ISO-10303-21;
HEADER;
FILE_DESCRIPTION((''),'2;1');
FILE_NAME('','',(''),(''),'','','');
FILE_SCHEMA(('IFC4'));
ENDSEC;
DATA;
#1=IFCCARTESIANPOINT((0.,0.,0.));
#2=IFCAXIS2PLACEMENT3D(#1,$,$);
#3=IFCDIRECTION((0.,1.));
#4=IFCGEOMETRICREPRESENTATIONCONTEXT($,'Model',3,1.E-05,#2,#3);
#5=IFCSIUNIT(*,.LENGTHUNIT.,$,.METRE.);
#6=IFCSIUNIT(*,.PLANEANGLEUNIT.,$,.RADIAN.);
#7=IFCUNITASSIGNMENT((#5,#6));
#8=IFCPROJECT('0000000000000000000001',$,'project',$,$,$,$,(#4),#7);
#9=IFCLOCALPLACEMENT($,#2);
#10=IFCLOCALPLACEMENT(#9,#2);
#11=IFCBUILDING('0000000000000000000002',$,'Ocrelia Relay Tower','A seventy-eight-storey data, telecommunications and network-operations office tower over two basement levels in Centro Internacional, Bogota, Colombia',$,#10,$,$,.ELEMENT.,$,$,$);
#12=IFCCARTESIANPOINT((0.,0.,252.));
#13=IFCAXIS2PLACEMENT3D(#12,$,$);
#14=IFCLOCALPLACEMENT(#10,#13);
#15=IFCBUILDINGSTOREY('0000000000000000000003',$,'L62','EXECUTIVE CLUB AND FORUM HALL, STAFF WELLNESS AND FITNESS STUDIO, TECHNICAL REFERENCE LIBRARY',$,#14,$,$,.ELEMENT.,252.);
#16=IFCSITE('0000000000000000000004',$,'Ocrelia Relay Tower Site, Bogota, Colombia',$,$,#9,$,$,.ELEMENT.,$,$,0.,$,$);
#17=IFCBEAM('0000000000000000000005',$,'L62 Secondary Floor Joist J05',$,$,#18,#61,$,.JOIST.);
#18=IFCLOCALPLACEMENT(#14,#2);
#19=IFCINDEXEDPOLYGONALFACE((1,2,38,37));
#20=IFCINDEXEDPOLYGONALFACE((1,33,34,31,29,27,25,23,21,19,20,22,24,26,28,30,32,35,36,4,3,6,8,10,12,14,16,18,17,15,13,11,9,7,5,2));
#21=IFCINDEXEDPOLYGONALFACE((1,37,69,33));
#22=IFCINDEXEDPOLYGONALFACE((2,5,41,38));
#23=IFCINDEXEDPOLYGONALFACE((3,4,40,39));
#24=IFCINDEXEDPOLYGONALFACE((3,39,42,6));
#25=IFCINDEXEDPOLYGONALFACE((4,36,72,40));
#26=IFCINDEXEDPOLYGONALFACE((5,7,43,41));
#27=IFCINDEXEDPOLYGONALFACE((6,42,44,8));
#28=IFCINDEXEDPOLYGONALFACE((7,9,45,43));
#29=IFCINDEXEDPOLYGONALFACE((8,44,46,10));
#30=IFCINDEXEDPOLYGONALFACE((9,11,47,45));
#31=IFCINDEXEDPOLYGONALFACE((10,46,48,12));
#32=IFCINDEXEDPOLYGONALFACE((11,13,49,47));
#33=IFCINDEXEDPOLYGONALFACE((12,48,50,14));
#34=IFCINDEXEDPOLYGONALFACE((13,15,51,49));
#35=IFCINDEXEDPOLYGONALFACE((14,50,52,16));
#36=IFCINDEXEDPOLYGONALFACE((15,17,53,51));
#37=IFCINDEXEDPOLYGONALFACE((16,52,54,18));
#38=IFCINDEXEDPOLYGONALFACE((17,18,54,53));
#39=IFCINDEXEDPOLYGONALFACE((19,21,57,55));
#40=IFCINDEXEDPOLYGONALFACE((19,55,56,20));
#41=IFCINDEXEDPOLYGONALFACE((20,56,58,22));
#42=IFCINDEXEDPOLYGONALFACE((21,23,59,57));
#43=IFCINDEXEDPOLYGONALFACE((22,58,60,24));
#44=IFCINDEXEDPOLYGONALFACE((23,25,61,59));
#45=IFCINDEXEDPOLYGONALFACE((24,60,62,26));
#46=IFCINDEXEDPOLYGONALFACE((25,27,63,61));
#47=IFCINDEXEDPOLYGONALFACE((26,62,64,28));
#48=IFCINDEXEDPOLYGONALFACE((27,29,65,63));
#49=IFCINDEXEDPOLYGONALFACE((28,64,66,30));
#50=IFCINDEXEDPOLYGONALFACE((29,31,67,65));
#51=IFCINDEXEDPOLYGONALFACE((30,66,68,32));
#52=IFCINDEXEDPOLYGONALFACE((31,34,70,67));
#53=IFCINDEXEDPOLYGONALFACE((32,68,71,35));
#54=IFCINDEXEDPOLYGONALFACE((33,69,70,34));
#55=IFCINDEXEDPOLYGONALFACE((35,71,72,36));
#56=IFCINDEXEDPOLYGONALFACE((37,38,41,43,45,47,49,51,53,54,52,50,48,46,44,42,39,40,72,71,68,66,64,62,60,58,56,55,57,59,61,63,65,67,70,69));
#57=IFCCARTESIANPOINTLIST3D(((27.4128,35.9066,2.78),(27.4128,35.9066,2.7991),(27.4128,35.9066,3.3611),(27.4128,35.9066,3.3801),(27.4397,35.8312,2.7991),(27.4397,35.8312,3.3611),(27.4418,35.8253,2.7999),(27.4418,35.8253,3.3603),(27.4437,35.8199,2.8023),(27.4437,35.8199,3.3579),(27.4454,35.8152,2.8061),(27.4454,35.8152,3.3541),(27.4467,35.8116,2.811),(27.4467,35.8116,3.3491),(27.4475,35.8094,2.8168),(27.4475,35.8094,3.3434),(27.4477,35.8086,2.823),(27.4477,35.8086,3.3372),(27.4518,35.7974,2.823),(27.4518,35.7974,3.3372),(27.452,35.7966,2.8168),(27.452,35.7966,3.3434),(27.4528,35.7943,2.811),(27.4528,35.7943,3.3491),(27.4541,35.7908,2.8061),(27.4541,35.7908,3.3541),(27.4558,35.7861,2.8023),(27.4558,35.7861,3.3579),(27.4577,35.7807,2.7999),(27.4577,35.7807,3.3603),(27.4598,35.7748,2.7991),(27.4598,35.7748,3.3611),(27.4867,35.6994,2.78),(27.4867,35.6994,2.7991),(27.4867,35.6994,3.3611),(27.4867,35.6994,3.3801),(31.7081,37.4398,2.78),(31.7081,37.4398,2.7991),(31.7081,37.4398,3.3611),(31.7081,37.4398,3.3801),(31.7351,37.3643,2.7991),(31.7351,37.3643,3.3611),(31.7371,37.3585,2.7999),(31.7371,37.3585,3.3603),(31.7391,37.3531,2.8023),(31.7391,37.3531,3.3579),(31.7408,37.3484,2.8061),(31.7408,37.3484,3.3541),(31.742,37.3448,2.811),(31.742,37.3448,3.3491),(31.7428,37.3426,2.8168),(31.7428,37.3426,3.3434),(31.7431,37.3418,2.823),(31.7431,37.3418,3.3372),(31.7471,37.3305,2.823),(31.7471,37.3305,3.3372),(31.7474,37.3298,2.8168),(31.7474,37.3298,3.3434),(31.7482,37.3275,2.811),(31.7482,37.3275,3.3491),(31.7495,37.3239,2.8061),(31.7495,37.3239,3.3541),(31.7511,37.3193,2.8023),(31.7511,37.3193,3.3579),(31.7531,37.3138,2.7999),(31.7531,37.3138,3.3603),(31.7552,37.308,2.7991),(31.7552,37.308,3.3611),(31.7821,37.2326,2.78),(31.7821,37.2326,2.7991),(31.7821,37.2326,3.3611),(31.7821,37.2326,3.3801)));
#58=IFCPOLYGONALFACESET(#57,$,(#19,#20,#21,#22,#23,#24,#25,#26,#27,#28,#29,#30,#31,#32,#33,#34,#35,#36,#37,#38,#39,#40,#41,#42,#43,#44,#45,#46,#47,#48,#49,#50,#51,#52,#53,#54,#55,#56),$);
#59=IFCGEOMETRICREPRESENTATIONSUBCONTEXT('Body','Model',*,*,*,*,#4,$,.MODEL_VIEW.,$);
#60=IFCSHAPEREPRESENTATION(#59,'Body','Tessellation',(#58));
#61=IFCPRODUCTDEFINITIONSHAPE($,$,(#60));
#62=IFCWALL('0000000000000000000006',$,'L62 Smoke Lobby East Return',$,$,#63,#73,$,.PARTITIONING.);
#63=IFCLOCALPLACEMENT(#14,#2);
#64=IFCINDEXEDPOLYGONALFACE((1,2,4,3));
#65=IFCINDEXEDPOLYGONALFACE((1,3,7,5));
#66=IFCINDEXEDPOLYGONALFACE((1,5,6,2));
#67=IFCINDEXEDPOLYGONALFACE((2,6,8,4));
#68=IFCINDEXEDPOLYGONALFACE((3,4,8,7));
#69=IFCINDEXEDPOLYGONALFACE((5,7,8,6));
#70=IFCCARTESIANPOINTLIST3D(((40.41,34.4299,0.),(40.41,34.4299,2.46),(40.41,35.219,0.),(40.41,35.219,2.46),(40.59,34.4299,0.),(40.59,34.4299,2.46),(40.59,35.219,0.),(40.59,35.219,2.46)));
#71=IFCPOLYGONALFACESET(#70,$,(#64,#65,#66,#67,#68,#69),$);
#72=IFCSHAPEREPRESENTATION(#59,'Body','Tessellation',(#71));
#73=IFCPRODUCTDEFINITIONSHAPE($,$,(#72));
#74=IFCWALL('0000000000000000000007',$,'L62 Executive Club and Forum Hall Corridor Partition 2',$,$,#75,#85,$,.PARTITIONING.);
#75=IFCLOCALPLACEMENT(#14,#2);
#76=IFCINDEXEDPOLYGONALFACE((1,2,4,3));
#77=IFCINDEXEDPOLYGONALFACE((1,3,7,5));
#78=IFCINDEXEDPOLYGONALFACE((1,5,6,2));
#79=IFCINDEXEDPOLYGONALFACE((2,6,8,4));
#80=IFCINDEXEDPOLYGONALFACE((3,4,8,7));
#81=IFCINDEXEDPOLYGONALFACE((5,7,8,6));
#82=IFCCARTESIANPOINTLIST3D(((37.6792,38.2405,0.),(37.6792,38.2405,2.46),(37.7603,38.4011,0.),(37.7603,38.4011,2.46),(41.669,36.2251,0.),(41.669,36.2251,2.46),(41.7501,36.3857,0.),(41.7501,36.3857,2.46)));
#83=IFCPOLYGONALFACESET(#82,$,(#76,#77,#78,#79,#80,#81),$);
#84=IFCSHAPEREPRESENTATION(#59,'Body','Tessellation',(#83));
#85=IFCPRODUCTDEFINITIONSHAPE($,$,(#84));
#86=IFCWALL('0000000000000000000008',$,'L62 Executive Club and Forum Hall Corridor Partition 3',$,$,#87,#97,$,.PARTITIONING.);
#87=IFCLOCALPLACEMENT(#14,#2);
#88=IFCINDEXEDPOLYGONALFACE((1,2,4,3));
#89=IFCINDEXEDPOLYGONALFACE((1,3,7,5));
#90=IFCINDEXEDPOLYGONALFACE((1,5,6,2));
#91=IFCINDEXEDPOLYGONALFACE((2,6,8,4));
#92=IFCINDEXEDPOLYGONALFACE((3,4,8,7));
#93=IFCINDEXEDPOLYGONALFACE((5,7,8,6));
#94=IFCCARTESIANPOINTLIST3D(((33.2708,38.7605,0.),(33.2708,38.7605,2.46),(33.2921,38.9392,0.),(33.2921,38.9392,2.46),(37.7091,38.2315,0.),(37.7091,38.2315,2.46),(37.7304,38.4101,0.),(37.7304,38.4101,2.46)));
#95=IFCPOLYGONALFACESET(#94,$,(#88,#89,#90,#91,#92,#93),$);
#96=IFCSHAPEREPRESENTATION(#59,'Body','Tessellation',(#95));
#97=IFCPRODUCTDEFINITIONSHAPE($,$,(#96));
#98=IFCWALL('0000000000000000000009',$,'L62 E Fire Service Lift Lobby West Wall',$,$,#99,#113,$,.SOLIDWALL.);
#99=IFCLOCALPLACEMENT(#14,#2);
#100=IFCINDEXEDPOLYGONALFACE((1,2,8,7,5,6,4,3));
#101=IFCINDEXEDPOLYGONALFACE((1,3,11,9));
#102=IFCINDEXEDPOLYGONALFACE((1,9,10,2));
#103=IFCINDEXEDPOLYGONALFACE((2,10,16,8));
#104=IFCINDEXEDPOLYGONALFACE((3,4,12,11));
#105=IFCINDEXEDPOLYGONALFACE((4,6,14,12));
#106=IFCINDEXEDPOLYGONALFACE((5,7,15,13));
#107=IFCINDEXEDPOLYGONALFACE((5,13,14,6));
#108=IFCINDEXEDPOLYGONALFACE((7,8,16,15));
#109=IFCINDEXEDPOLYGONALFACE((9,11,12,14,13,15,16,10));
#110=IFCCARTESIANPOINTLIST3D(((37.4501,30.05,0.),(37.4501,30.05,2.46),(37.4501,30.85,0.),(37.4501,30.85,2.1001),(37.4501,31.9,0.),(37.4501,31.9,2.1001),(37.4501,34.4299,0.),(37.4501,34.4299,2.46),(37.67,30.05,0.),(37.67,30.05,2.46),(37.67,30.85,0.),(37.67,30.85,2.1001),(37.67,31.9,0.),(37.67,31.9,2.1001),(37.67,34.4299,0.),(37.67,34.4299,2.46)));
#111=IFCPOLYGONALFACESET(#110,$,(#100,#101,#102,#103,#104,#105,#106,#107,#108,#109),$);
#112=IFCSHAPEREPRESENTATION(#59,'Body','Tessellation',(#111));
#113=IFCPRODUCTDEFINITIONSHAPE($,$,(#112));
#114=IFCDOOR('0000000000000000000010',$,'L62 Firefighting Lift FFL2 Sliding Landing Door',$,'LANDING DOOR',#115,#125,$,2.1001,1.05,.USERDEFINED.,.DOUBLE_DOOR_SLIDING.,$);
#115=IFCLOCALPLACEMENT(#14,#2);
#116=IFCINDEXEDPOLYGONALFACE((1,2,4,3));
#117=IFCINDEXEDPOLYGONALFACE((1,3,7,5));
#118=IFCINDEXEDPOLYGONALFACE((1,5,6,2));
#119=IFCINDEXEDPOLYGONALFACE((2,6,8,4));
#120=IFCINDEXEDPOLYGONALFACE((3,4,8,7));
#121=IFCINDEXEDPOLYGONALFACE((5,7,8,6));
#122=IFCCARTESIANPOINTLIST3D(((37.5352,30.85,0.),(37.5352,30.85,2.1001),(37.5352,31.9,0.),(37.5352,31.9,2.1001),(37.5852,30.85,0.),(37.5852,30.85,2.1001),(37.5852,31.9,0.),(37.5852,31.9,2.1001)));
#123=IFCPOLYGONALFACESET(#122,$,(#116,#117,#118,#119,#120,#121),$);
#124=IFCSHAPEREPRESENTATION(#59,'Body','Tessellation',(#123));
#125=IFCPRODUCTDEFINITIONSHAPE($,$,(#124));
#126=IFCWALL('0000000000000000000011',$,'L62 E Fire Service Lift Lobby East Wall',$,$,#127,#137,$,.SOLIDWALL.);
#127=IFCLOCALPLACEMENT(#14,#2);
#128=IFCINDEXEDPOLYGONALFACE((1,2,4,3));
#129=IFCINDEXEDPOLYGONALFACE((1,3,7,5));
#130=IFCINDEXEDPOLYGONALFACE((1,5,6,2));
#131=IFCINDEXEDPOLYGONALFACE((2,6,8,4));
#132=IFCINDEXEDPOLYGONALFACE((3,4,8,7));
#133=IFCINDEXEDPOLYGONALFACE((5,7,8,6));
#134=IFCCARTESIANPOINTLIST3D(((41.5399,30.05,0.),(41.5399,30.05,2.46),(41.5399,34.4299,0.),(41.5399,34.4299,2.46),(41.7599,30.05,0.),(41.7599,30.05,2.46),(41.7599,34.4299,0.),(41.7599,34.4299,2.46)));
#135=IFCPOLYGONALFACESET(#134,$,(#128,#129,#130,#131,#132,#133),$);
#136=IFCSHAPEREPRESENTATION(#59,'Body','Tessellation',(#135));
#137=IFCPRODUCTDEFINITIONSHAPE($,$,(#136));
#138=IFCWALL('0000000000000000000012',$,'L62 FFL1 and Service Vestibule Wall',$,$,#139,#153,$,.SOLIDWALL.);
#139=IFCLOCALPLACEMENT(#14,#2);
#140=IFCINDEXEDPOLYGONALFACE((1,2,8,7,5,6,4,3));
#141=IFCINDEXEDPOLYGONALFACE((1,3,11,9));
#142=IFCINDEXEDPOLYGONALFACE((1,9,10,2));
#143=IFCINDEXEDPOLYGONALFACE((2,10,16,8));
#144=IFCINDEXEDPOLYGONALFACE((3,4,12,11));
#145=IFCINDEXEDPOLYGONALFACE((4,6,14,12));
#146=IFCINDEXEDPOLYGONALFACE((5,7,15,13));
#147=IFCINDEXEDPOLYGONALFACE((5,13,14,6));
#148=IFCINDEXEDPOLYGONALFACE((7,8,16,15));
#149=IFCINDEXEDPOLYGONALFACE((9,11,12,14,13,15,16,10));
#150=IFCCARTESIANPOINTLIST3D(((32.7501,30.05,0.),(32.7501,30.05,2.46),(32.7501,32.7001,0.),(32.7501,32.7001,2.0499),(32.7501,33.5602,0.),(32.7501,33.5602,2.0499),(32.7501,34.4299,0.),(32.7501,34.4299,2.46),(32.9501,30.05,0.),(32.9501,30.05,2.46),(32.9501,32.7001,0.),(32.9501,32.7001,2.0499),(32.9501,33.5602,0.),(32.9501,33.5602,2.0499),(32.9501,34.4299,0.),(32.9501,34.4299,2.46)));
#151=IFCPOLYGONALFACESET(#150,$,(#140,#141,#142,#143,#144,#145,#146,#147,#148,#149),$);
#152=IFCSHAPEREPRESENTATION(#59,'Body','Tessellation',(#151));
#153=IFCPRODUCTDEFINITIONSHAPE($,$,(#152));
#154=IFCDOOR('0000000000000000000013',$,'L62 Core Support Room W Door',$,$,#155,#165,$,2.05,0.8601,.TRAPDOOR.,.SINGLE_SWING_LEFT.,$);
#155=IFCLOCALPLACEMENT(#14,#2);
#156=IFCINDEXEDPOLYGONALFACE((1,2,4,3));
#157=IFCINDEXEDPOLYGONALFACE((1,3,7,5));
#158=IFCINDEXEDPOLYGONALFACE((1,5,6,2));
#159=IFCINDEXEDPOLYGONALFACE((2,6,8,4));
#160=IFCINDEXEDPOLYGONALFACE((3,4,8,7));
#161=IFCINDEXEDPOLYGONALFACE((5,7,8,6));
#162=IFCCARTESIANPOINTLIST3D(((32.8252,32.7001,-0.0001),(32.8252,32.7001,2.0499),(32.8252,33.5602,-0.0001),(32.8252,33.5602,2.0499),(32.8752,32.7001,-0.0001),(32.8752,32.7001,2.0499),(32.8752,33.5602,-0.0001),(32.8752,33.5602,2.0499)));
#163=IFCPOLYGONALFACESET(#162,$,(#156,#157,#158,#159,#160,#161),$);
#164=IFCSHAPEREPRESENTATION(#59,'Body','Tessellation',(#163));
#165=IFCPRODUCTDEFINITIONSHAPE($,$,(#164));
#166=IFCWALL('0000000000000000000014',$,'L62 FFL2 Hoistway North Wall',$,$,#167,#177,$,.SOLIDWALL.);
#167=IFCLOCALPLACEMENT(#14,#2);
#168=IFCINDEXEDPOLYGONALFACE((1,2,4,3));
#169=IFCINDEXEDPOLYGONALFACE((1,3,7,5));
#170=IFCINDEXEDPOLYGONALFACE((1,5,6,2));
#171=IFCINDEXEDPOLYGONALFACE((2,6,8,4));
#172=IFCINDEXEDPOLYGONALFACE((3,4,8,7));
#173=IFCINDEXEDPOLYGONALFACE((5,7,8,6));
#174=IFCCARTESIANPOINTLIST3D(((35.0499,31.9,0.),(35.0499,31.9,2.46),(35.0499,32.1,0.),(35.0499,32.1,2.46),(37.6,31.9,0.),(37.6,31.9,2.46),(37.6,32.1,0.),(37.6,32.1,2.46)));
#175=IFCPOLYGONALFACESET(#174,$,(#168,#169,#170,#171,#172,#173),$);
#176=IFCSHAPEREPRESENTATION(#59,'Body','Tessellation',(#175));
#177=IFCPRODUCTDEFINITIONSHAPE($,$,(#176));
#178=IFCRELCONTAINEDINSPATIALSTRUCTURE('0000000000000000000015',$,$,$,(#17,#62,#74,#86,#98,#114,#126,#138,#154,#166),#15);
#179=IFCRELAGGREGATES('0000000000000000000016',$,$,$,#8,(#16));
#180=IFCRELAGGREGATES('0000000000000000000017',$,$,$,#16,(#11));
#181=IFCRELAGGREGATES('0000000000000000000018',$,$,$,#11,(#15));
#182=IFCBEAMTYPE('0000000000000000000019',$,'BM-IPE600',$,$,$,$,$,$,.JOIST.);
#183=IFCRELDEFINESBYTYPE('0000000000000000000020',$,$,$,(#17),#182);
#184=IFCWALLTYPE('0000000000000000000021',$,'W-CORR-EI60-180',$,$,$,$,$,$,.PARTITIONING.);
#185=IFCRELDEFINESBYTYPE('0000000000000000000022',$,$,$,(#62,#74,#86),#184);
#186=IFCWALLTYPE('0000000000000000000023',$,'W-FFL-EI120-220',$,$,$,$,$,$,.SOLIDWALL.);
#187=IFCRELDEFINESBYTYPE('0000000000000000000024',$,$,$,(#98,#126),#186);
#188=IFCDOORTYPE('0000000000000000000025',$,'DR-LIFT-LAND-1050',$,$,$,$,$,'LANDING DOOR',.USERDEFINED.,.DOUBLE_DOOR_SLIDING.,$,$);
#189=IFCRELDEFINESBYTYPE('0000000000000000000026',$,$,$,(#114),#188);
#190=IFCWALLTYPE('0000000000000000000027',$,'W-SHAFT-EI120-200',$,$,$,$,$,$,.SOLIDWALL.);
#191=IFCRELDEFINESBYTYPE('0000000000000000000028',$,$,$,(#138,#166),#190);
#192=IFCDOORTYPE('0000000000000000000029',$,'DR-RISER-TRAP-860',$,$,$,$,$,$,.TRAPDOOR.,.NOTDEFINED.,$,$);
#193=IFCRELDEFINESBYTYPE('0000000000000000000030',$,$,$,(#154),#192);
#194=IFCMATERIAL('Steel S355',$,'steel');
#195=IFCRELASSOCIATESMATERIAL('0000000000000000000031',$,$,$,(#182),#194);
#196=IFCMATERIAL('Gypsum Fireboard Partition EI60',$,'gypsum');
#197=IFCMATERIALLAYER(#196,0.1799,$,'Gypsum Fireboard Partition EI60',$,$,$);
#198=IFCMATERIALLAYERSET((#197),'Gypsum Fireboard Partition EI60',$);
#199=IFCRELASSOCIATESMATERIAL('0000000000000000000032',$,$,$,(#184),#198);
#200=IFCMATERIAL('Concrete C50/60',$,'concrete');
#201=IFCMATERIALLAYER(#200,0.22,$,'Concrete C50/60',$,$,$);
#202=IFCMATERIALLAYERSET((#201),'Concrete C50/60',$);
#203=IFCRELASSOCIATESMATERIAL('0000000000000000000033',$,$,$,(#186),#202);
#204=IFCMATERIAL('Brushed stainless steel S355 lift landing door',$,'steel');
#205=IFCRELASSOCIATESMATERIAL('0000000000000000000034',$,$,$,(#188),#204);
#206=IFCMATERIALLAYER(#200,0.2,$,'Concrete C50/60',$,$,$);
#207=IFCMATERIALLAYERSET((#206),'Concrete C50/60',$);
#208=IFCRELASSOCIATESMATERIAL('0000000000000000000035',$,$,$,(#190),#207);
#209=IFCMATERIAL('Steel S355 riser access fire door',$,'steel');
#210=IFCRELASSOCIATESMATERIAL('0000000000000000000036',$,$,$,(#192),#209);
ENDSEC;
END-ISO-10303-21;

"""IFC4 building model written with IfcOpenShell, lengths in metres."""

from ifc_helpers import new_model, si_unit, direction, frame, frame_2d, origin, origin_2d, place, context, subcontext, project, spatial, rectangle, i_section, extrude, material, layer, layer_set, material_profile, profile_set, type_object, element, fill, save


model = new_model("IFC4")

# Units and contexts
model_context = context("Model", 3, precision=1e-05, world=origin(), true_north=direction((0.0, 1.0)))
body_context = subcontext(model_context, "Body", "Model", "MODEL_VIEW")
ifc_project = project(units=[si_unit("LENGTHUNIT", "METRE"), si_unit("PLANEANGLEUNIT", "RADIAN")], contexts=[model_context])

# Site, building, storey
site_placement = place(None, origin())
site = spatial("IfcSite", under=ifc_project, at=site_placement, Name="Ocrelia Relay Tower Site, Bogota, Colombia", CompositionType="ELEMENT", RefElevation=0.0)
building_placement = place(site_placement, origin())
building = spatial("IfcBuilding", under=site, at=building_placement, Name="Ocrelia Relay Tower", Description="A seventy-eight-storey data, telecommunications and network-operations office tower over two basement levels in Centro Internacional, Bogota, Colombia", CompositionType="ELEMENT")
storey_placement = place(building_placement, frame((0.0, 0.0, 252.0)))
storey = spatial("IfcBuildingStorey", under=building, at=storey_placement, Name="L62", Description="EXECUTIVE CLUB AND FORUM HALL, STAFF WELLNESS AND FITNESS STUDIO, TECHNICAL REFERENCE LIBRARY", CompositionType="ELEMENT", Elevation=252.0)

# Shared definitions
ifc_material_1 = material(Name="Concrete C50/60", Category="concrete")

# Beam
ifc_material_2 = material(Name="Steel S355", Category="steel")
ifc_material_profile_1 = material_profile(ifc_material_2, i_section(OverallWidth=0.22, OverallDepth=0.6001, WebThickness=0.012, FlangeThickness=0.019, FilletRadius=0.0239, at=origin_2d()), Name="IPE 600")
ifc_profile_set_1 = profile_set([ifc_material_profile_1], Name="Steel S355")
beam_type = type_object("IfcBeamType", Name="BM-IPE600", PredefinedType="JOIST", material=ifc_profile_set_1)
beam_1_placement = place(storey_placement, frame((31.7451, 37.3362, 3.0801), z_axis=(-0.941802, -0.336167, 0.0), x_axis=(0.336167, -0.941802, 0.0)))
element("IfcBeam", 1, at=beam_1_placement, inside=storey, type_object=beam_type, Name="L62 Secondary Floor Joist J05", PredefinedType="JOIST", context=body_context, shape_type="SweptSolid", body=[
    extrude(i_section(OverallWidth=0.22, OverallDepth=0.6001, WebThickness=0.012, FlangeThickness=0.019, FilletRadius=0.0239, at=origin_2d()), origin(), (0.0, 0.0, 1.0), 4.5608),
])

# Wall
ifc_material_3 = material(Name="Gypsum Fireboard Partition EI60", Category="gypsum")
ifc_layer_1 = layer(ifc_material_3, 0.1799, Name="Gypsum Fireboard Partition EI60")
ifc_layer_set_1 = layer_set([ifc_layer_1], Name="Gypsum Fireboard Partition EI60")
wall_type_1 = type_object("IfcWallType", Name="W-CORR-EI60-180", PredefinedType="PARTITIONING", material=ifc_layer_set_1)
wall_1_placement = place(storey_placement, frame((40.5, 35.219, 0.0), z_axis=(0.0, 0.0, 1.0), x_axis=(0.0, -1.0, 0.0)))
element("IfcWall", 2, at=wall_1_placement, inside=storey, type_object=wall_type_1, Name="L62 Smoke Lobby East Return", PredefinedType="PARTITIONING", context=body_context, shape_type="SweptSolid", body=[
    extrude(rectangle(XDim=0.7891, YDim=0.1799, at=frame_2d((0.3945, 0.0))), origin(), (0.0, 0.0, 1.0), 2.46),
])

# Walls
wall_2_placement = place(storey_placement, frame((41.7095, 36.3054, 0.0), z_axis=(0.0, 0.0, 1.0), x_axis=(-0.892584, 0.45088, 0.0)))
element("IfcWall", 3, at=wall_2_placement, inside=storey, type_object=wall_type_1, Name="L62 Executive Club and Forum Hall Corridor Partition 2", PredefinedType="PARTITIONING", context=body_context, shape_type="SweptSolid", body=[
    extrude(rectangle(XDim=4.47, YDim=0.1799, at=frame_2d((2.2349, 0.0))), origin(), (0.0, 0.0, 1.0), 2.46),
])
wall_3_placement = place(storey_placement, frame((37.7197, 38.3208, 0.0), z_axis=(0.0, 0.0, 1.0), x_axis=(-0.99297, 0.118365, 0.0)))
element("IfcWall", 4, at=wall_3_placement, inside=storey, type_object=wall_type_1, Name="L62 Executive Club and Forum Hall Corridor Partition 3", PredefinedType="PARTITIONING", context=body_context, shape_type="SweptSolid", body=[
    extrude(rectangle(XDim=4.4697, YDim=0.1799, at=frame_2d((2.2349, 0.0))), origin(), (0.0, 0.0, 1.0), 2.46),
])

# Wall, opening, door
ifc_layer_2 = layer(ifc_material_1, 0.22, Name="Concrete C50/60")
ifc_layer_set_2 = layer_set([ifc_layer_2], Name="Concrete C50/60")
wall_type_2 = type_object("IfcWallType", Name="W-FFL-EI120-220", PredefinedType="SOLIDWALL", material=ifc_layer_set_2)
wall_4_placement = place(storey_placement, frame((37.5601, 30.05, 0.0), z_axis=(0.0, 0.0, 1.0), x_axis=(0.0, 1.0, 0.0)))
wall_4 = element("IfcWall", 5, at=wall_4_placement, inside=storey, type_object=wall_type_2, Name="L62 E Fire Service Lift Lobby West Wall", PredefinedType="SOLIDWALL", context=body_context, shape_type="SweptSolid", body=[
    extrude(rectangle(XDim=4.3799, YDim=0.22, at=frame_2d((2.1899, 0.0))), origin(), (0.0, 0.0, 1.0), 2.46),
])
opening_1_placement = place(wall_4_placement, frame((0.8, 0.0, 0.0)))
opening_1 = element("IfcOpeningElement", 6, at=opening_1_placement, cuts=wall_4, PredefinedType="OPENING", context=body_context, shape_type="SweptSolid", body=[
    extrude(rectangle(XDim=1.05, YDim=2.1001, at=frame_2d((0.5249, 1.05))), frame((0.0, 0.1201, 0.0), z_axis=(0.0, -1.0, 0.0), x_axis=(1.0, 0.0, 0.0)), (0.0, 0.0, 1.0), 0.24),
])
ifc_material_4 = material(Name="Brushed stainless steel S355 lift landing door", Category="steel")
door_type_1 = type_object("IfcDoorType", Name="DR-LIFT-LAND-1050", ElementType="LANDING DOOR", OperationType="DOUBLE_DOOR_SLIDING", PredefinedType="USERDEFINED", material=ifc_material_4)
door_1_placement = place(opening_1_placement, origin())
door_1 = element("IfcDoor", 7, at=door_1_placement, inside=storey, type_object=door_type_1, Name="L62 Firefighting Lift FFL2 Sliding Landing Door", ObjectType="LANDING DOOR", OperationType="DOUBLE_DOOR_SLIDING", OverallHeight=2.1001, OverallWidth=1.05, PredefinedType="USERDEFINED", context=body_context, shape_type="SweptSolid", body=[
    extrude(rectangle(XDim=1.05, YDim=2.1001, at=frame_2d((0.5249, 1.05))), frame((0.0, 0.0249, 0.0), z_axis=(0.0, -1.0, 0.0), x_axis=(1.0, 0.0, 0.0)), (0.0, 0.0, 1.0), 0.05),
])
fill(opening_1, door_1)

# Wall
wall_5_placement = place(storey_placement, frame((41.6499, 30.05, 0.0), z_axis=(0.0, 0.0, 1.0), x_axis=(0.0, 1.0, 0.0)))
element("IfcWall", 8, at=wall_5_placement, inside=storey, type_object=wall_type_2, Name="L62 E Fire Service Lift Lobby East Wall", PredefinedType="SOLIDWALL", context=body_context, shape_type="SweptSolid", body=[
    extrude(rectangle(XDim=4.3799, YDim=0.22, at=frame_2d((2.1899, 0.0))), origin(), (0.0, 0.0, 1.0), 2.46),
])

# Wall, opening, door
ifc_layer_3 = layer(ifc_material_1, 0.2, Name="Concrete C50/60")
ifc_layer_set_3 = layer_set([ifc_layer_3], Name="Concrete C50/60")
wall_type_3 = type_object("IfcWallType", Name="W-SHAFT-EI120-200", PredefinedType="SOLIDWALL", material=ifc_layer_set_3)
wall_6_placement = place(storey_placement, frame((32.8501, 30.05, 0.0), z_axis=(0.0, 0.0, 1.0), x_axis=(0.0, 1.0, 0.0)))
wall_6 = element("IfcWall", 9, at=wall_6_placement, inside=storey, type_object=wall_type_3, Name="L62 FFL1 and Service Vestibule Wall", PredefinedType="SOLIDWALL", context=body_context, shape_type="SweptSolid", body=[
    extrude(rectangle(XDim=4.3799, YDim=0.2, at=frame_2d((2.1899, 0.0))), origin(), (0.0, 0.0, 1.0), 2.46),
])
opening_2_placement = place(wall_6_placement, frame((2.6499, 0.0, 0.0)))
opening_2 = element("IfcOpeningElement", 10, at=opening_2_placement, cuts=wall_6, PredefinedType="OPENING", context=body_context, shape_type="SweptSolid", body=[
    extrude(rectangle(XDim=0.8601, YDim=2.05, at=frame_2d((0.4302, 1.0249))), frame((0.0, 0.1099, 0.0), z_axis=(0.0, -1.0, 0.0), x_axis=(1.0, 0.0, 0.0)), (0.0, 0.0, 1.0), 0.22),
])
ifc_material_5 = material(Name="Steel S355 riser access fire door", Category="steel")
door_type_2 = type_object("IfcDoorType", Name="DR-RISER-TRAP-860", OperationType="NOTDEFINED", PredefinedType="TRAPDOOR", material=ifc_material_5)
door_2_placement = place(opening_2_placement, origin())
door_2 = element("IfcDoor", 11, at=door_2_placement, inside=storey, type_object=door_type_2, Name="L62 Core Support Room W Door", OperationType="SINGLE_SWING_LEFT", OverallHeight=2.05, OverallWidth=0.8601, PredefinedType="TRAPDOOR", context=body_context, shape_type="SweptSolid", body=[
    extrude(rectangle(XDim=0.8601, YDim=2.05, at=frame_2d((0.4302, 1.0249))), frame((0.0, 0.0249, 0.0), z_axis=(0.0, -1.0, 0.0), x_axis=(1.0, 0.0, 0.0)), (0.0, 0.0, 1.0), 0.05),
])
fill(opening_2, door_2)

# Wall
wall_7_placement = place(storey_placement, frame((35.05, 32.0, 0.0), z_axis=(0.0, 0.0, 1.0), x_axis=(1.0, 0.0, 0.0)))
element("IfcWall", 12, at=wall_7_placement, inside=storey, type_object=wall_type_3, Name="L62 FFL2 Hoistway North Wall", PredefinedType="SOLIDWALL", context=body_context, shape_type="SweptSolid", body=[
    extrude(rectangle(XDim=2.55, YDim=0.2, at=frame_2d((1.2749, 0.0))), origin(), (0.0, 0.0, 1.0), 2.46),
])

save(model, "model.ifc")
